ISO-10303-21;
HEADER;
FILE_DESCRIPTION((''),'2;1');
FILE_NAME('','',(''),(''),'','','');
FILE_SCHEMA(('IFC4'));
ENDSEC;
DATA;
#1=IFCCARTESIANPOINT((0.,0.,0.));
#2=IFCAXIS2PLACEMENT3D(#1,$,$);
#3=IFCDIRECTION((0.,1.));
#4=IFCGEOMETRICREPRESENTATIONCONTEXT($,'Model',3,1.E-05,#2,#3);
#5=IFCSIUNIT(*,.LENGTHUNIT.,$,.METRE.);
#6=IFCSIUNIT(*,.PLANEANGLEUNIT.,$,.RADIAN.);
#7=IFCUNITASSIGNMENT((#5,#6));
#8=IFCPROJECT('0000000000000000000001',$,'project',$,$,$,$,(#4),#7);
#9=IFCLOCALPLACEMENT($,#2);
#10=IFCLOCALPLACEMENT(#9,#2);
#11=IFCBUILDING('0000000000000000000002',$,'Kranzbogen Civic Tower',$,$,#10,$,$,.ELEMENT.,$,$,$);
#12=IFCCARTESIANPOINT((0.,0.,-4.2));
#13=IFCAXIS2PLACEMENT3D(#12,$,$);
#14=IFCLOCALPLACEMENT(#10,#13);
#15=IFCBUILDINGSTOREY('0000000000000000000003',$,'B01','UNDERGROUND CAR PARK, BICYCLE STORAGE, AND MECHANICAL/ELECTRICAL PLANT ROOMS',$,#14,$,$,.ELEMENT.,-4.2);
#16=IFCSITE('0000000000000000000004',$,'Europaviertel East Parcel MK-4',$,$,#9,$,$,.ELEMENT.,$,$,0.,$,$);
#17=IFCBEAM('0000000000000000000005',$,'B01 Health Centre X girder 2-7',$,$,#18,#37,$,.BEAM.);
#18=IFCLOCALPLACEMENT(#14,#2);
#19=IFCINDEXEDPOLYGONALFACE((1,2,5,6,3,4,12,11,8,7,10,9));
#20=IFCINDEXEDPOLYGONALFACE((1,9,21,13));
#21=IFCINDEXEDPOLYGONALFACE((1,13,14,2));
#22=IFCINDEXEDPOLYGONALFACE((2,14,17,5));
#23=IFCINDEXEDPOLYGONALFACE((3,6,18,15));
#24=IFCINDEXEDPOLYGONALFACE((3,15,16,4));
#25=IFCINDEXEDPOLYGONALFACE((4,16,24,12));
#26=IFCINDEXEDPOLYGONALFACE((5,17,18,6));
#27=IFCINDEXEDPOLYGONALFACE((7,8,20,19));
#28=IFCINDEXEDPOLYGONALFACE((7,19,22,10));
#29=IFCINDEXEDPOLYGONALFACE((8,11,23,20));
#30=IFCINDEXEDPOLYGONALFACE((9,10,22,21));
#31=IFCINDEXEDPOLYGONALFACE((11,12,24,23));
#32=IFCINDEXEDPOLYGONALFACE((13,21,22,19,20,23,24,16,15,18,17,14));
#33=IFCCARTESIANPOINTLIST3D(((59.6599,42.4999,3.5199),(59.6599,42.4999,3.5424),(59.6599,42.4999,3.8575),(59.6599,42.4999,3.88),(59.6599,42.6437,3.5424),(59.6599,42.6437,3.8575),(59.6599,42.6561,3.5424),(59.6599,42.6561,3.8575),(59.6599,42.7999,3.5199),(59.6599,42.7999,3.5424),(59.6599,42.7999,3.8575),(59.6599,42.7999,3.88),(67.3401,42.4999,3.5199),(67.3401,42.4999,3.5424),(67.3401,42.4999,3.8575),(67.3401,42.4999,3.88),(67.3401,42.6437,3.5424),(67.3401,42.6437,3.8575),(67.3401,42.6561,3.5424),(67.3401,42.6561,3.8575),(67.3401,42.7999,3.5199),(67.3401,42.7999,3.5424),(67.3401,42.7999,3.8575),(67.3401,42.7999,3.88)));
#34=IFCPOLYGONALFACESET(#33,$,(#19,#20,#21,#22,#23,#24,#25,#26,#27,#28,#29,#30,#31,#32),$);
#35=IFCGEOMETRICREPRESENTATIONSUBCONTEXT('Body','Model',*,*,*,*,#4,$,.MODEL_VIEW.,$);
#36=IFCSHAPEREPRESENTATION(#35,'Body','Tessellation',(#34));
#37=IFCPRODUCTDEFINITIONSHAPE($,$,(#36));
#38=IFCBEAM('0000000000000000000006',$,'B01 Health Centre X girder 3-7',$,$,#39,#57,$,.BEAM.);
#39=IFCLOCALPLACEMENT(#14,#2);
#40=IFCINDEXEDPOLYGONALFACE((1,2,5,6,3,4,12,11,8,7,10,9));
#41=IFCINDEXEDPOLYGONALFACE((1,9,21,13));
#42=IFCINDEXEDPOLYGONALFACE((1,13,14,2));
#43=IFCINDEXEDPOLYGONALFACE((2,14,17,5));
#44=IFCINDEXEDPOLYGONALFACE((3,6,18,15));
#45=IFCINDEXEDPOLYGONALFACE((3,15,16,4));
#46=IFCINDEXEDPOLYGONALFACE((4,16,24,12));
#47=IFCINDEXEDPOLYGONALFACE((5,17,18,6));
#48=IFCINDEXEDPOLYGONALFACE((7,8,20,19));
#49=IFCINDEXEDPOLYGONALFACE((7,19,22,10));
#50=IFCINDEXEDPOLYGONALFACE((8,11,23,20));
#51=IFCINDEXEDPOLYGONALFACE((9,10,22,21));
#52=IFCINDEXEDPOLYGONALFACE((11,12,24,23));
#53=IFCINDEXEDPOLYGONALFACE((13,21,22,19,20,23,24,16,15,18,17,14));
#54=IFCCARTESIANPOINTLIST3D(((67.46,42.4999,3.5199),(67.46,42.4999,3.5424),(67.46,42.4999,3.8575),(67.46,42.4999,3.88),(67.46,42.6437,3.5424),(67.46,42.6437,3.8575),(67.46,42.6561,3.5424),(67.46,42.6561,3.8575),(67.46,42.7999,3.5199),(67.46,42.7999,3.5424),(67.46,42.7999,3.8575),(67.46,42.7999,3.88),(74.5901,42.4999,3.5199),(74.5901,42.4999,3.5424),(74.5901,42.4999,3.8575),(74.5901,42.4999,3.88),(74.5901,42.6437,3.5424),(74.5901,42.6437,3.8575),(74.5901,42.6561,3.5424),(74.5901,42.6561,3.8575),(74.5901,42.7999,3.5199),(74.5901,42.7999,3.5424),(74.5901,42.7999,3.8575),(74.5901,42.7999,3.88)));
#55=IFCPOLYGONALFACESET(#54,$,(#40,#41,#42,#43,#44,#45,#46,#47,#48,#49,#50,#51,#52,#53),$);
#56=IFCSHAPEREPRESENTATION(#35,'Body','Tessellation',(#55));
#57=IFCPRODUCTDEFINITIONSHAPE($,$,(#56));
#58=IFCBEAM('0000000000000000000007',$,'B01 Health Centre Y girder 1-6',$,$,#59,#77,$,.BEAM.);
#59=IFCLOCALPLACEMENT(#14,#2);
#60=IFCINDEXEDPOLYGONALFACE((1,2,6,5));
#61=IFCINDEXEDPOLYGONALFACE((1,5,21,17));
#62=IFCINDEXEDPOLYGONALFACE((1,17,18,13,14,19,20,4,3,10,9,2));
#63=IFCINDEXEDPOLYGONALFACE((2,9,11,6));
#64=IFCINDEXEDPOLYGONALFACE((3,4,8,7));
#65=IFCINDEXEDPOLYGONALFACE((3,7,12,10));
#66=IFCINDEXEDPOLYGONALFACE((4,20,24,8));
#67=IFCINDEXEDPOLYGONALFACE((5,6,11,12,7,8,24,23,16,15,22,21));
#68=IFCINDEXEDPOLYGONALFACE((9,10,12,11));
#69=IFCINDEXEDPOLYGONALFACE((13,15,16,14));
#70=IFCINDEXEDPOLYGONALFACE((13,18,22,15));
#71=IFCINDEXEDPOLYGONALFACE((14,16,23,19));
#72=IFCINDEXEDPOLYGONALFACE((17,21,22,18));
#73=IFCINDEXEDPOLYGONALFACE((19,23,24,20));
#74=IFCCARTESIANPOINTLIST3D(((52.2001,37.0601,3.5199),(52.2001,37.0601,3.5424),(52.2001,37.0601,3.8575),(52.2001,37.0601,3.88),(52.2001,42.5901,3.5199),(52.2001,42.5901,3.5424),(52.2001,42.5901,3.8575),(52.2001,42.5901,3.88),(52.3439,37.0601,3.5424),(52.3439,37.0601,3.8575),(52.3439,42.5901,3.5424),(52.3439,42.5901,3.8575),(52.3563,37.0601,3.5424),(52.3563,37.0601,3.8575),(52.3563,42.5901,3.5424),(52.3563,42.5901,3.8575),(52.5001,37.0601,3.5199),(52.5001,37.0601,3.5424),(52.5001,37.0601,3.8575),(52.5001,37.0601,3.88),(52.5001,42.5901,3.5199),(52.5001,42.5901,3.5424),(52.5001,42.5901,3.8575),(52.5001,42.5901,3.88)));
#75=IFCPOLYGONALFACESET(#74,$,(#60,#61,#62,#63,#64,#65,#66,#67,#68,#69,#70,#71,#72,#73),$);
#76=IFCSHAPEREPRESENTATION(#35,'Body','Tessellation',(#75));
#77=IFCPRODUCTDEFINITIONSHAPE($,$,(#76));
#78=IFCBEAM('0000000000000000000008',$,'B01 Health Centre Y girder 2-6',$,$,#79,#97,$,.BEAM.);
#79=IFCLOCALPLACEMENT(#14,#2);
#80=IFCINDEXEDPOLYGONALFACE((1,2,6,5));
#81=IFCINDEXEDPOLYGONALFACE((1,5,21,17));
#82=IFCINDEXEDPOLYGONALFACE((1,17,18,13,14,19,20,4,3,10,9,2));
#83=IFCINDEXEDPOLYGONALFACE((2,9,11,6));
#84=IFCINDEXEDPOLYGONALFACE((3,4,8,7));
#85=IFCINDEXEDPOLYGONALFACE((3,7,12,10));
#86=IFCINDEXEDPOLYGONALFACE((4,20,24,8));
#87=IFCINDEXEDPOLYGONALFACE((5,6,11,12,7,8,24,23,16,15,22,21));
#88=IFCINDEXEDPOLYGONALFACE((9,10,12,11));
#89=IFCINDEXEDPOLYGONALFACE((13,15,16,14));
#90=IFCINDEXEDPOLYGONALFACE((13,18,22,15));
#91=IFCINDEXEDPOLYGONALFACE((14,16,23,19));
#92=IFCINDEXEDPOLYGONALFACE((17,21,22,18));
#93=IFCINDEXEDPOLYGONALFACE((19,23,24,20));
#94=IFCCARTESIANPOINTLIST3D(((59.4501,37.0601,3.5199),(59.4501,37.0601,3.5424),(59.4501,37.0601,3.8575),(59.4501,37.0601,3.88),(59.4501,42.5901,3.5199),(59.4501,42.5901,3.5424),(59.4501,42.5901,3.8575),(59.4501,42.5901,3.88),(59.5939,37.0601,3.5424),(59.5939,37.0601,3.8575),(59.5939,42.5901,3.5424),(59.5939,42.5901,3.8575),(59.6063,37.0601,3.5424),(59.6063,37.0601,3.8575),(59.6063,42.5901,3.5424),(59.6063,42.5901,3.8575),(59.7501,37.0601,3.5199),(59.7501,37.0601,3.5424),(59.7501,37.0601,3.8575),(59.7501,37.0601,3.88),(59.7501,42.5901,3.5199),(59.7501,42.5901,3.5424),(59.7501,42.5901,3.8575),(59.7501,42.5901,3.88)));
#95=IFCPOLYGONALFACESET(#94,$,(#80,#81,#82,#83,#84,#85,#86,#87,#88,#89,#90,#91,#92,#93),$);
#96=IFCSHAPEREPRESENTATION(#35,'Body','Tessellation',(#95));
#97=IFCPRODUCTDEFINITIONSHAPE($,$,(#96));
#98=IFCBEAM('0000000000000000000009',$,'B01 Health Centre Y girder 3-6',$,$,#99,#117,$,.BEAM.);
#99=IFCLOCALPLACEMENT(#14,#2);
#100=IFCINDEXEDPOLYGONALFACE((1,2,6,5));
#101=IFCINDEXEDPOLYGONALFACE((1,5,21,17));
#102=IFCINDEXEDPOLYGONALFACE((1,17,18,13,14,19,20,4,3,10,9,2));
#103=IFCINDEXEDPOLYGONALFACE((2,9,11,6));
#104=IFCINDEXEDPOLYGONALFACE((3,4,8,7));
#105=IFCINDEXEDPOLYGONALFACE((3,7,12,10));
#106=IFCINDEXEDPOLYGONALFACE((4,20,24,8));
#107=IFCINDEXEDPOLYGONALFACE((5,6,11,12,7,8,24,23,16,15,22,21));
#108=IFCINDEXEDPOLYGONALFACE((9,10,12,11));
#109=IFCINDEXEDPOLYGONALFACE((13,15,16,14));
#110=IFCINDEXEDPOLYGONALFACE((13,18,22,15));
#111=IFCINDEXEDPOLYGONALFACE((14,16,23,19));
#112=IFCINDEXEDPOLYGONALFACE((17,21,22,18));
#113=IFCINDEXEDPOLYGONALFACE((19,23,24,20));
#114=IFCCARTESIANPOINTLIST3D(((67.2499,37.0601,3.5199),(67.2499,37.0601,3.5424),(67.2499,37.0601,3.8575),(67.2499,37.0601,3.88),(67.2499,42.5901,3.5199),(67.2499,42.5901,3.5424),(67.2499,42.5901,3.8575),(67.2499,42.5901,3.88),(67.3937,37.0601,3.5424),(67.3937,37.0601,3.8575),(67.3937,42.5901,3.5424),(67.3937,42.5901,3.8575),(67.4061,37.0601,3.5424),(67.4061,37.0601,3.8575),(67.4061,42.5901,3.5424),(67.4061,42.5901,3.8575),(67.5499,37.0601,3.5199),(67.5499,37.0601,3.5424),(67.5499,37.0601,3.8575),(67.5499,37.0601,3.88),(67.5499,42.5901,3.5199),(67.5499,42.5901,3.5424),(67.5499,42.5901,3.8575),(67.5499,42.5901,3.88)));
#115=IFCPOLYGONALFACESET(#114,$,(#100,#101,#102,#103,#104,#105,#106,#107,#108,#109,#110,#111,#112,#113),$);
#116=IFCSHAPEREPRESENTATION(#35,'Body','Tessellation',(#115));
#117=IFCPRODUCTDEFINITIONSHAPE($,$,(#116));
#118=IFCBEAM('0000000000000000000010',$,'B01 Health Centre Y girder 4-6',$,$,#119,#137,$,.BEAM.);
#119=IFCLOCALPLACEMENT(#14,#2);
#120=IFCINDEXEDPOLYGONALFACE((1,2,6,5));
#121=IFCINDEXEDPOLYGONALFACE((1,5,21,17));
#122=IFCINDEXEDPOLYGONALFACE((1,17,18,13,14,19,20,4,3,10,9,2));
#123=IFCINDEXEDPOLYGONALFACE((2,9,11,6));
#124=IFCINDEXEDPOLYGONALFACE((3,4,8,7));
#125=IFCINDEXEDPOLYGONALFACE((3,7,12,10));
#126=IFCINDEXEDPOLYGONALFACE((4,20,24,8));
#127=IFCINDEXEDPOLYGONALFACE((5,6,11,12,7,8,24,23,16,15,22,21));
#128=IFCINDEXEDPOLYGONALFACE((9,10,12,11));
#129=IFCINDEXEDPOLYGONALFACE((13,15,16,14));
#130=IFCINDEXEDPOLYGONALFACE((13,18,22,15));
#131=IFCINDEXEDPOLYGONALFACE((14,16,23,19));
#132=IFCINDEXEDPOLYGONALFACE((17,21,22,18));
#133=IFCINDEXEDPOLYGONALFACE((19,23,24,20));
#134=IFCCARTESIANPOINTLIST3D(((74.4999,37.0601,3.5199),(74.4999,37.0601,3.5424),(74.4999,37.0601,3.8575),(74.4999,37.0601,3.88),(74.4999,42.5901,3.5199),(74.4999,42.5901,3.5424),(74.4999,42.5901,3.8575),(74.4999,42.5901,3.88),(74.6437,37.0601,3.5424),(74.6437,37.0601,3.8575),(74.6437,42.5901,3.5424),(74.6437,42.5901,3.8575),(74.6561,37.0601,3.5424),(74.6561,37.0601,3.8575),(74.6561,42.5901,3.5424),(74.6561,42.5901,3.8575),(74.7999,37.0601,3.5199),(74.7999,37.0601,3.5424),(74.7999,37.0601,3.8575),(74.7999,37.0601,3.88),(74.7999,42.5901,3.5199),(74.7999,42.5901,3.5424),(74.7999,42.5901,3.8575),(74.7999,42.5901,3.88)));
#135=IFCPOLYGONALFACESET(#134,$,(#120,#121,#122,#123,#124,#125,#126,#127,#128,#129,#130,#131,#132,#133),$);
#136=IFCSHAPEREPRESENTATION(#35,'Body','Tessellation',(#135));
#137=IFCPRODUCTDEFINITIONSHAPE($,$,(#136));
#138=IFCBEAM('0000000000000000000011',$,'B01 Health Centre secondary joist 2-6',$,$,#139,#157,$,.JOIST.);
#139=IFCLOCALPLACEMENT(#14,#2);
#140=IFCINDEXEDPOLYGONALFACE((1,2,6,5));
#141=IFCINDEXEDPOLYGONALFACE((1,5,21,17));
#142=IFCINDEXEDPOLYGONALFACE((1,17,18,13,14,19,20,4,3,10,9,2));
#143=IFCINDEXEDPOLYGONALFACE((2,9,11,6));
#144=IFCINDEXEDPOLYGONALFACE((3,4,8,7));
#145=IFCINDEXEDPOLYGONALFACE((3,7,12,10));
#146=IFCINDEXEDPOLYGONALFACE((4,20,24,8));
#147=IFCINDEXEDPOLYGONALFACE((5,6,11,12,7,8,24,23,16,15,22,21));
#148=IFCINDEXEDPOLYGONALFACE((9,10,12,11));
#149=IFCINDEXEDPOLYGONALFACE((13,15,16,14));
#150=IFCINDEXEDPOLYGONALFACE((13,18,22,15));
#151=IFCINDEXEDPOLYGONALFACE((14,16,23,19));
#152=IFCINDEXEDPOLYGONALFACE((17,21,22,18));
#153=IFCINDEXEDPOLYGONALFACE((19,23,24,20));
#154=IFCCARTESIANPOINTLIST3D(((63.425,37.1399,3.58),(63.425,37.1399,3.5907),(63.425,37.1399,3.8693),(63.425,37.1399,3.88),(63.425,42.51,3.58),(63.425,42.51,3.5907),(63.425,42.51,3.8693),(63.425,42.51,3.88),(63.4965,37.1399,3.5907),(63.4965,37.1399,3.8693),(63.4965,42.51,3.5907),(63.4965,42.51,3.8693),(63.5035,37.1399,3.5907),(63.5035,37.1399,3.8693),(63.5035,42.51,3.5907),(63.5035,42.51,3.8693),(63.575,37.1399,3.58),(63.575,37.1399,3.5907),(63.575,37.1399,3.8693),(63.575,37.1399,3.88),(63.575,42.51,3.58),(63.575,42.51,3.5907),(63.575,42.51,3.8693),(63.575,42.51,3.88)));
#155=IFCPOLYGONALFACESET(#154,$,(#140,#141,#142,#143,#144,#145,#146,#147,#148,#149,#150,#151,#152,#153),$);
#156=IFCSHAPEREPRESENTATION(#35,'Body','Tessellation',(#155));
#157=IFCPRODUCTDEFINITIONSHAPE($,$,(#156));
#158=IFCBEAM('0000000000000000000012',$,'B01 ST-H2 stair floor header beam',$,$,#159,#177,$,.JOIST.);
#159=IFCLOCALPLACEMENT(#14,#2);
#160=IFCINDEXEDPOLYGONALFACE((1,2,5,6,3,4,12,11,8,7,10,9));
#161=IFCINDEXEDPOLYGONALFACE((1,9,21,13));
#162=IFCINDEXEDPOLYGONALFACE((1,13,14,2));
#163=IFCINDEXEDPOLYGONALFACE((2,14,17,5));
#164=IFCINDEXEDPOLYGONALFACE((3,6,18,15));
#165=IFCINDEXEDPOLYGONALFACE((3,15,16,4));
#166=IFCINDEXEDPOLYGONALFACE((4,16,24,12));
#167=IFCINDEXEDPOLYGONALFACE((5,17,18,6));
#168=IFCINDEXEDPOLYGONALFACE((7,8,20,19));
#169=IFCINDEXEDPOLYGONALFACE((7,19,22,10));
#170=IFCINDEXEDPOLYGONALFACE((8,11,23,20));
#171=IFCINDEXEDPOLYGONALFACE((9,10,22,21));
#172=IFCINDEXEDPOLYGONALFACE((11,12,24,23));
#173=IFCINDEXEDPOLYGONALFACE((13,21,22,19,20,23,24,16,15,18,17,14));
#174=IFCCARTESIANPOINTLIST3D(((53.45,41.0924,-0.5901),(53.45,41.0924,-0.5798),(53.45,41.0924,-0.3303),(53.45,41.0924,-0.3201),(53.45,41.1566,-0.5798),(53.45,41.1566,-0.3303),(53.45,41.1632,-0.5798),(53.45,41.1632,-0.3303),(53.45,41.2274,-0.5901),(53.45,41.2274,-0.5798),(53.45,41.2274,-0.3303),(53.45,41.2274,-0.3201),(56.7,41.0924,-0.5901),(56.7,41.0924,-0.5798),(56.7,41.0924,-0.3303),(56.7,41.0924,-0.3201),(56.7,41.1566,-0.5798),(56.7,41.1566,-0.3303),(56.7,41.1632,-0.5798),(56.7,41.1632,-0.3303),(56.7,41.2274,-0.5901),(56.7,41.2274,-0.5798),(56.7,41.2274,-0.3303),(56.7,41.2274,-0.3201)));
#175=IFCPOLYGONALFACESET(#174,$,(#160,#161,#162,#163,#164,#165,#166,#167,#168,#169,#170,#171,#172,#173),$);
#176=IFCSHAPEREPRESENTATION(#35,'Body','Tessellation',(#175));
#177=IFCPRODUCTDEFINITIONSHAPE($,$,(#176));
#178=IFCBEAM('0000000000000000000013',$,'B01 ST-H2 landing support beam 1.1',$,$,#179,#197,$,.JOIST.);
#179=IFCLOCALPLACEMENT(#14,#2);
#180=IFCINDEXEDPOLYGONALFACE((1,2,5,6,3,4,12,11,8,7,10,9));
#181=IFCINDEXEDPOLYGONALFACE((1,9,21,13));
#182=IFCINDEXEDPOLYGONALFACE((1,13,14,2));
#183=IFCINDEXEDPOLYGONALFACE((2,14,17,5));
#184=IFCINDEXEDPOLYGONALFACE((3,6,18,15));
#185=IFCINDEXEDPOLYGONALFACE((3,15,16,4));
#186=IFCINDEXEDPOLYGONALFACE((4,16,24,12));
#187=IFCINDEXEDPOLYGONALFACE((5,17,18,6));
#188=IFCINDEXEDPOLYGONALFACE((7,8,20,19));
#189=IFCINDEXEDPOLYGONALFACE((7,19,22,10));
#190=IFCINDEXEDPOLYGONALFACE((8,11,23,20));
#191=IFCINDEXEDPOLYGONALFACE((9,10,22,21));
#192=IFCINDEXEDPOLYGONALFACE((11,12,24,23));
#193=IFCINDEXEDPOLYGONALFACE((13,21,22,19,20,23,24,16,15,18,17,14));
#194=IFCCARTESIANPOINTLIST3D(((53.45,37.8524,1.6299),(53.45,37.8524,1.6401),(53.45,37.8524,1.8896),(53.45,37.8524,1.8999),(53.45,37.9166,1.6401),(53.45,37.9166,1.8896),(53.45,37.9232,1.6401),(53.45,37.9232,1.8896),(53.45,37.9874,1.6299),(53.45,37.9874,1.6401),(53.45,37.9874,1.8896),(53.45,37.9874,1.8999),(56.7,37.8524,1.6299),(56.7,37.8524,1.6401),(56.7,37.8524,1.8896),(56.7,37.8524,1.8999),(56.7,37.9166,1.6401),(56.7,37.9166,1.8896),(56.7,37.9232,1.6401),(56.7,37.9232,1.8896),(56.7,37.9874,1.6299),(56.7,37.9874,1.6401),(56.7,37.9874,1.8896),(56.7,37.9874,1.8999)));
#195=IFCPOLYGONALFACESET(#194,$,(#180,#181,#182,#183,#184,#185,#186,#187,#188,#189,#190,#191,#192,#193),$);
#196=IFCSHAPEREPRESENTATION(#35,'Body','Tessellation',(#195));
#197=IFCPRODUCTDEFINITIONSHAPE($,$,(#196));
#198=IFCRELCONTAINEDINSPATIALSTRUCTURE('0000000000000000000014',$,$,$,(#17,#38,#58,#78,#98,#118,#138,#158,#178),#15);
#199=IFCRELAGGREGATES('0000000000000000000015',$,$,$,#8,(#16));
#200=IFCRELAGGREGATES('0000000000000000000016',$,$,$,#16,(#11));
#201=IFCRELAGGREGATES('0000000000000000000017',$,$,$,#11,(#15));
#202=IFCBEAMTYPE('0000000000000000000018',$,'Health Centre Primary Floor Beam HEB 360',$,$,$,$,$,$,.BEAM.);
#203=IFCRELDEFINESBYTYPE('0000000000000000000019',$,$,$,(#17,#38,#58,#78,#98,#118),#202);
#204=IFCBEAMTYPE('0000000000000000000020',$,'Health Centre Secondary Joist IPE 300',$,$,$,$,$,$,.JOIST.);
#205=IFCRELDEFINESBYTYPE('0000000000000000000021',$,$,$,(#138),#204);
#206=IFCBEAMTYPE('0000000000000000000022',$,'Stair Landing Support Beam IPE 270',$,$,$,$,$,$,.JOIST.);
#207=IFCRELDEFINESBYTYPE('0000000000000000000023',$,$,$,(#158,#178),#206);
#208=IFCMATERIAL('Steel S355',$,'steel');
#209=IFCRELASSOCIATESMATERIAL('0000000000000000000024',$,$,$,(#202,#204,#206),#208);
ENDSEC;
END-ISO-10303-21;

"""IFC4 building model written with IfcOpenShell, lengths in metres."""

from ifc_helpers import new_model, si_unit, direction, frame, origin, origin_2d, place, context, subcontext, project, spatial, i_section, extrude, material, material_profile, profile_set, type_object, element, save


model = new_model("IFC4")

# Units and contexts
model_context = context("Model", 3, precision=1e-05, world=origin(), true_north=direction((0.0, 1.0)))
body_context = subcontext(model_context, "Body", "Model", "MODEL_VIEW")
ifc_project = project(units=[si_unit("LENGTHUNIT", "METRE"), si_unit("PLANEANGLEUNIT", "RADIAN")], contexts=[model_context])

# Site, building, storey
site_placement = place(None, origin())
site = spatial("IfcSite", under=ifc_project, at=site_placement, Name="Europaviertel East Parcel MK-4", CompositionType="ELEMENT", RefElevation=0.0)
building_placement = place(site_placement, origin())
building = spatial("IfcBuilding", under=site, at=building_placement, Name="Kranzbogen Civic Tower", CompositionType="ELEMENT")
storey_placement = place(building_placement, frame((0.0, 0.0, -4.2)))
storey = spatial("IfcBuildingStorey", under=building, at=storey_placement, Name="B01", Description="UNDERGROUND CAR PARK, BICYCLE STORAGE, AND MECHANICAL/ELECTRICAL PLANT ROOMS", CompositionType="ELEMENT", Elevation=-4.2)

# Shared definitions
ifc_material_1 = material(Name="Steel S355", Category="steel")

# Beams
ifc_material_profile_1 = material_profile(ifc_material_1, i_section(OverallWidth=0.3, OverallDepth=0.3601, WebThickness=0.0125, FlangeThickness=0.0225, at=origin_2d()), Name="HEB 360")
ifc_profile_set_1 = profile_set([ifc_material_profile_1], Name="Steel S355")
beam_type_1 = type_object("IfcBeamType", Name="Health Centre Primary Floor Beam HEB 360", PredefinedType="BEAM", material=ifc_profile_set_1)
for number, where, z_axis, x_axis, name in (
    (1, (59.6599, 42.6499, 3.7), (1.0, 0.0, 0.0), (0.0, 1.0, 0.0), "B01 Health Centre X girder 2-7"),
):
    element("IfcBeam", number, at=place(storey_placement, frame(where, z_axis=z_axis, x_axis=x_axis)), inside=storey, type_object=beam_type_1, Name=name, PredefinedType="BEAM", context=body_context, shape_type="SweptSolid", body=[
        extrude(i_section(OverallWidth=0.3, OverallDepth=0.3601, WebThickness=0.0125, FlangeThickness=0.0225, at=origin_2d()), origin(), (0.0, 0.0, 1.0), 7.6802),
    ])
beam_1_placement = place(storey_placement, frame((67.46, 42.6499, 3.7), z_axis=(1.0, 0.0, 0.0), x_axis=(0.0, 1.0, 0.0)))
element("IfcBeam", 2, at=beam_1_placement, inside=storey, type_object=beam_type_1, Name="B01 Health Centre X girder 3-7", PredefinedType="BEAM", context=body_context, shape_type="SweptSolid", body=[
    extrude(i_section(OverallWidth=0.3, OverallDepth=0.3601, WebThickness=0.0125, FlangeThickness=0.0225, at=origin_2d()), origin(), (0.0, 0.0, 1.0), 7.1301),
])
for number, where, z_axis, x_axis, name in (
    (3, (52.3501, 37.0601, 3.7), (0.0, 1.0, 0.0), (-1.0, 0.0, 0.0), "B01 Health Centre Y girder 1-6"),
    (4, (59.6001, 37.0601, 3.7), (0.0, 1.0, 0.0), (-1.0, 0.0, 0.0), "B01 Health Centre Y girder 2-6"),
    (5, (67.3999, 37.0601, 3.7), (0.0, 1.0, 0.0), (-1.0, 0.0, 0.0), "B01 Health Centre Y girder 3-6"),
    (6, (74.6499, 37.0601, 3.7), (0.0, 1.0, 0.0), (-1.0, 0.0, 0.0), "B01 Health Centre Y girder 4-6"),
):
    element("IfcBeam", number, at=place(storey_placement, frame(where, z_axis=z_axis, x_axis=x_axis)), inside=storey, type_object=beam_type_1, Name=name, PredefinedType="BEAM", context=body_context, shape_type="SweptSolid", body=[
        extrude(i_section(OverallWidth=0.3, OverallDepth=0.3601, WebThickness=0.0125, FlangeThickness=0.0225, at=origin_2d()), origin(), (0.0, 0.0, 1.0), 5.53),
    ])
ifc_material_profile_2 = material_profile(ifc_material_1, i_section(OverallWidth=0.1499, OverallDepth=0.3, WebThickness=0.0071, FlangeThickness=0.0107, at=origin_2d()), Name="IPE 300")
ifc_profile_set_2 = profile_set([ifc_material_profile_2], Name="Steel S355")
beam_type_2 = type_object("IfcBeamType", Name="Health Centre Secondary Joist IPE 300", PredefinedType="JOIST", material=ifc_profile_set_2)
beam_2_placement = place(storey_placement, frame((63.5, 37.1399, 3.73), z_axis=(0.0, 1.0, 0.0), x_axis=(-1.0, 0.0, 0.0)))
element("IfcBeam", 7, at=beam_2_placement, inside=storey, type_object=beam_type_2, Name="B01 Health Centre secondary joist 2-6", PredefinedType="JOIST", context=body_context, shape_type="SweptSolid", body=[
    extrude(i_section(OverallWidth=0.1499, OverallDepth=0.3, WebThickness=0.0071, FlangeThickness=0.0107, at=origin_2d()), origin(), (0.0, 0.0, 1.0), 5.3701),
])
ifc_material_profile_3 = material_profile(ifc_material_1, i_section(OverallWidth=0.135, OverallDepth=0.27, WebThickness=0.0066, FlangeThickness=0.0103, at=origin_2d()), Name="IPE 270")
ifc_profile_set_3 = profile_set([ifc_material_profile_3], Name="Steel S355")
beam_type_3 = type_object("IfcBeamType", Name="Stair Landing Support Beam IPE 270", PredefinedType="JOIST", material=ifc_profile_set_3)
for number, where, z_axis, x_axis, name in (
    (8, (53.45, 41.1599, -0.4551), (1.0, 0.0, 0.0), (0.0, 1.0, 0.0), "B01 ST-H2 stair floor header beam"),
    (9, (53.45, 37.9199, 1.7649), (1.0, 0.0, 0.0), (0.0, 1.0, 0.0), "B01 ST-H2 landing support beam 1.1"),
):
    element("IfcBeam", number, at=place(storey_placement, frame(where, z_axis=z_axis, x_axis=x_axis)), inside=storey, type_object=beam_type_3, Name=name, PredefinedType="JOIST", context=body_context, shape_type="SweptSolid", body=[
        extrude(i_section(OverallWidth=0.135, OverallDepth=0.27, WebThickness=0.0066, FlangeThickness=0.0103, at=origin_2d()), origin(), (0.0, 0.0, 1.0), 3.25),
    ])

save(model, "model.ifc")
